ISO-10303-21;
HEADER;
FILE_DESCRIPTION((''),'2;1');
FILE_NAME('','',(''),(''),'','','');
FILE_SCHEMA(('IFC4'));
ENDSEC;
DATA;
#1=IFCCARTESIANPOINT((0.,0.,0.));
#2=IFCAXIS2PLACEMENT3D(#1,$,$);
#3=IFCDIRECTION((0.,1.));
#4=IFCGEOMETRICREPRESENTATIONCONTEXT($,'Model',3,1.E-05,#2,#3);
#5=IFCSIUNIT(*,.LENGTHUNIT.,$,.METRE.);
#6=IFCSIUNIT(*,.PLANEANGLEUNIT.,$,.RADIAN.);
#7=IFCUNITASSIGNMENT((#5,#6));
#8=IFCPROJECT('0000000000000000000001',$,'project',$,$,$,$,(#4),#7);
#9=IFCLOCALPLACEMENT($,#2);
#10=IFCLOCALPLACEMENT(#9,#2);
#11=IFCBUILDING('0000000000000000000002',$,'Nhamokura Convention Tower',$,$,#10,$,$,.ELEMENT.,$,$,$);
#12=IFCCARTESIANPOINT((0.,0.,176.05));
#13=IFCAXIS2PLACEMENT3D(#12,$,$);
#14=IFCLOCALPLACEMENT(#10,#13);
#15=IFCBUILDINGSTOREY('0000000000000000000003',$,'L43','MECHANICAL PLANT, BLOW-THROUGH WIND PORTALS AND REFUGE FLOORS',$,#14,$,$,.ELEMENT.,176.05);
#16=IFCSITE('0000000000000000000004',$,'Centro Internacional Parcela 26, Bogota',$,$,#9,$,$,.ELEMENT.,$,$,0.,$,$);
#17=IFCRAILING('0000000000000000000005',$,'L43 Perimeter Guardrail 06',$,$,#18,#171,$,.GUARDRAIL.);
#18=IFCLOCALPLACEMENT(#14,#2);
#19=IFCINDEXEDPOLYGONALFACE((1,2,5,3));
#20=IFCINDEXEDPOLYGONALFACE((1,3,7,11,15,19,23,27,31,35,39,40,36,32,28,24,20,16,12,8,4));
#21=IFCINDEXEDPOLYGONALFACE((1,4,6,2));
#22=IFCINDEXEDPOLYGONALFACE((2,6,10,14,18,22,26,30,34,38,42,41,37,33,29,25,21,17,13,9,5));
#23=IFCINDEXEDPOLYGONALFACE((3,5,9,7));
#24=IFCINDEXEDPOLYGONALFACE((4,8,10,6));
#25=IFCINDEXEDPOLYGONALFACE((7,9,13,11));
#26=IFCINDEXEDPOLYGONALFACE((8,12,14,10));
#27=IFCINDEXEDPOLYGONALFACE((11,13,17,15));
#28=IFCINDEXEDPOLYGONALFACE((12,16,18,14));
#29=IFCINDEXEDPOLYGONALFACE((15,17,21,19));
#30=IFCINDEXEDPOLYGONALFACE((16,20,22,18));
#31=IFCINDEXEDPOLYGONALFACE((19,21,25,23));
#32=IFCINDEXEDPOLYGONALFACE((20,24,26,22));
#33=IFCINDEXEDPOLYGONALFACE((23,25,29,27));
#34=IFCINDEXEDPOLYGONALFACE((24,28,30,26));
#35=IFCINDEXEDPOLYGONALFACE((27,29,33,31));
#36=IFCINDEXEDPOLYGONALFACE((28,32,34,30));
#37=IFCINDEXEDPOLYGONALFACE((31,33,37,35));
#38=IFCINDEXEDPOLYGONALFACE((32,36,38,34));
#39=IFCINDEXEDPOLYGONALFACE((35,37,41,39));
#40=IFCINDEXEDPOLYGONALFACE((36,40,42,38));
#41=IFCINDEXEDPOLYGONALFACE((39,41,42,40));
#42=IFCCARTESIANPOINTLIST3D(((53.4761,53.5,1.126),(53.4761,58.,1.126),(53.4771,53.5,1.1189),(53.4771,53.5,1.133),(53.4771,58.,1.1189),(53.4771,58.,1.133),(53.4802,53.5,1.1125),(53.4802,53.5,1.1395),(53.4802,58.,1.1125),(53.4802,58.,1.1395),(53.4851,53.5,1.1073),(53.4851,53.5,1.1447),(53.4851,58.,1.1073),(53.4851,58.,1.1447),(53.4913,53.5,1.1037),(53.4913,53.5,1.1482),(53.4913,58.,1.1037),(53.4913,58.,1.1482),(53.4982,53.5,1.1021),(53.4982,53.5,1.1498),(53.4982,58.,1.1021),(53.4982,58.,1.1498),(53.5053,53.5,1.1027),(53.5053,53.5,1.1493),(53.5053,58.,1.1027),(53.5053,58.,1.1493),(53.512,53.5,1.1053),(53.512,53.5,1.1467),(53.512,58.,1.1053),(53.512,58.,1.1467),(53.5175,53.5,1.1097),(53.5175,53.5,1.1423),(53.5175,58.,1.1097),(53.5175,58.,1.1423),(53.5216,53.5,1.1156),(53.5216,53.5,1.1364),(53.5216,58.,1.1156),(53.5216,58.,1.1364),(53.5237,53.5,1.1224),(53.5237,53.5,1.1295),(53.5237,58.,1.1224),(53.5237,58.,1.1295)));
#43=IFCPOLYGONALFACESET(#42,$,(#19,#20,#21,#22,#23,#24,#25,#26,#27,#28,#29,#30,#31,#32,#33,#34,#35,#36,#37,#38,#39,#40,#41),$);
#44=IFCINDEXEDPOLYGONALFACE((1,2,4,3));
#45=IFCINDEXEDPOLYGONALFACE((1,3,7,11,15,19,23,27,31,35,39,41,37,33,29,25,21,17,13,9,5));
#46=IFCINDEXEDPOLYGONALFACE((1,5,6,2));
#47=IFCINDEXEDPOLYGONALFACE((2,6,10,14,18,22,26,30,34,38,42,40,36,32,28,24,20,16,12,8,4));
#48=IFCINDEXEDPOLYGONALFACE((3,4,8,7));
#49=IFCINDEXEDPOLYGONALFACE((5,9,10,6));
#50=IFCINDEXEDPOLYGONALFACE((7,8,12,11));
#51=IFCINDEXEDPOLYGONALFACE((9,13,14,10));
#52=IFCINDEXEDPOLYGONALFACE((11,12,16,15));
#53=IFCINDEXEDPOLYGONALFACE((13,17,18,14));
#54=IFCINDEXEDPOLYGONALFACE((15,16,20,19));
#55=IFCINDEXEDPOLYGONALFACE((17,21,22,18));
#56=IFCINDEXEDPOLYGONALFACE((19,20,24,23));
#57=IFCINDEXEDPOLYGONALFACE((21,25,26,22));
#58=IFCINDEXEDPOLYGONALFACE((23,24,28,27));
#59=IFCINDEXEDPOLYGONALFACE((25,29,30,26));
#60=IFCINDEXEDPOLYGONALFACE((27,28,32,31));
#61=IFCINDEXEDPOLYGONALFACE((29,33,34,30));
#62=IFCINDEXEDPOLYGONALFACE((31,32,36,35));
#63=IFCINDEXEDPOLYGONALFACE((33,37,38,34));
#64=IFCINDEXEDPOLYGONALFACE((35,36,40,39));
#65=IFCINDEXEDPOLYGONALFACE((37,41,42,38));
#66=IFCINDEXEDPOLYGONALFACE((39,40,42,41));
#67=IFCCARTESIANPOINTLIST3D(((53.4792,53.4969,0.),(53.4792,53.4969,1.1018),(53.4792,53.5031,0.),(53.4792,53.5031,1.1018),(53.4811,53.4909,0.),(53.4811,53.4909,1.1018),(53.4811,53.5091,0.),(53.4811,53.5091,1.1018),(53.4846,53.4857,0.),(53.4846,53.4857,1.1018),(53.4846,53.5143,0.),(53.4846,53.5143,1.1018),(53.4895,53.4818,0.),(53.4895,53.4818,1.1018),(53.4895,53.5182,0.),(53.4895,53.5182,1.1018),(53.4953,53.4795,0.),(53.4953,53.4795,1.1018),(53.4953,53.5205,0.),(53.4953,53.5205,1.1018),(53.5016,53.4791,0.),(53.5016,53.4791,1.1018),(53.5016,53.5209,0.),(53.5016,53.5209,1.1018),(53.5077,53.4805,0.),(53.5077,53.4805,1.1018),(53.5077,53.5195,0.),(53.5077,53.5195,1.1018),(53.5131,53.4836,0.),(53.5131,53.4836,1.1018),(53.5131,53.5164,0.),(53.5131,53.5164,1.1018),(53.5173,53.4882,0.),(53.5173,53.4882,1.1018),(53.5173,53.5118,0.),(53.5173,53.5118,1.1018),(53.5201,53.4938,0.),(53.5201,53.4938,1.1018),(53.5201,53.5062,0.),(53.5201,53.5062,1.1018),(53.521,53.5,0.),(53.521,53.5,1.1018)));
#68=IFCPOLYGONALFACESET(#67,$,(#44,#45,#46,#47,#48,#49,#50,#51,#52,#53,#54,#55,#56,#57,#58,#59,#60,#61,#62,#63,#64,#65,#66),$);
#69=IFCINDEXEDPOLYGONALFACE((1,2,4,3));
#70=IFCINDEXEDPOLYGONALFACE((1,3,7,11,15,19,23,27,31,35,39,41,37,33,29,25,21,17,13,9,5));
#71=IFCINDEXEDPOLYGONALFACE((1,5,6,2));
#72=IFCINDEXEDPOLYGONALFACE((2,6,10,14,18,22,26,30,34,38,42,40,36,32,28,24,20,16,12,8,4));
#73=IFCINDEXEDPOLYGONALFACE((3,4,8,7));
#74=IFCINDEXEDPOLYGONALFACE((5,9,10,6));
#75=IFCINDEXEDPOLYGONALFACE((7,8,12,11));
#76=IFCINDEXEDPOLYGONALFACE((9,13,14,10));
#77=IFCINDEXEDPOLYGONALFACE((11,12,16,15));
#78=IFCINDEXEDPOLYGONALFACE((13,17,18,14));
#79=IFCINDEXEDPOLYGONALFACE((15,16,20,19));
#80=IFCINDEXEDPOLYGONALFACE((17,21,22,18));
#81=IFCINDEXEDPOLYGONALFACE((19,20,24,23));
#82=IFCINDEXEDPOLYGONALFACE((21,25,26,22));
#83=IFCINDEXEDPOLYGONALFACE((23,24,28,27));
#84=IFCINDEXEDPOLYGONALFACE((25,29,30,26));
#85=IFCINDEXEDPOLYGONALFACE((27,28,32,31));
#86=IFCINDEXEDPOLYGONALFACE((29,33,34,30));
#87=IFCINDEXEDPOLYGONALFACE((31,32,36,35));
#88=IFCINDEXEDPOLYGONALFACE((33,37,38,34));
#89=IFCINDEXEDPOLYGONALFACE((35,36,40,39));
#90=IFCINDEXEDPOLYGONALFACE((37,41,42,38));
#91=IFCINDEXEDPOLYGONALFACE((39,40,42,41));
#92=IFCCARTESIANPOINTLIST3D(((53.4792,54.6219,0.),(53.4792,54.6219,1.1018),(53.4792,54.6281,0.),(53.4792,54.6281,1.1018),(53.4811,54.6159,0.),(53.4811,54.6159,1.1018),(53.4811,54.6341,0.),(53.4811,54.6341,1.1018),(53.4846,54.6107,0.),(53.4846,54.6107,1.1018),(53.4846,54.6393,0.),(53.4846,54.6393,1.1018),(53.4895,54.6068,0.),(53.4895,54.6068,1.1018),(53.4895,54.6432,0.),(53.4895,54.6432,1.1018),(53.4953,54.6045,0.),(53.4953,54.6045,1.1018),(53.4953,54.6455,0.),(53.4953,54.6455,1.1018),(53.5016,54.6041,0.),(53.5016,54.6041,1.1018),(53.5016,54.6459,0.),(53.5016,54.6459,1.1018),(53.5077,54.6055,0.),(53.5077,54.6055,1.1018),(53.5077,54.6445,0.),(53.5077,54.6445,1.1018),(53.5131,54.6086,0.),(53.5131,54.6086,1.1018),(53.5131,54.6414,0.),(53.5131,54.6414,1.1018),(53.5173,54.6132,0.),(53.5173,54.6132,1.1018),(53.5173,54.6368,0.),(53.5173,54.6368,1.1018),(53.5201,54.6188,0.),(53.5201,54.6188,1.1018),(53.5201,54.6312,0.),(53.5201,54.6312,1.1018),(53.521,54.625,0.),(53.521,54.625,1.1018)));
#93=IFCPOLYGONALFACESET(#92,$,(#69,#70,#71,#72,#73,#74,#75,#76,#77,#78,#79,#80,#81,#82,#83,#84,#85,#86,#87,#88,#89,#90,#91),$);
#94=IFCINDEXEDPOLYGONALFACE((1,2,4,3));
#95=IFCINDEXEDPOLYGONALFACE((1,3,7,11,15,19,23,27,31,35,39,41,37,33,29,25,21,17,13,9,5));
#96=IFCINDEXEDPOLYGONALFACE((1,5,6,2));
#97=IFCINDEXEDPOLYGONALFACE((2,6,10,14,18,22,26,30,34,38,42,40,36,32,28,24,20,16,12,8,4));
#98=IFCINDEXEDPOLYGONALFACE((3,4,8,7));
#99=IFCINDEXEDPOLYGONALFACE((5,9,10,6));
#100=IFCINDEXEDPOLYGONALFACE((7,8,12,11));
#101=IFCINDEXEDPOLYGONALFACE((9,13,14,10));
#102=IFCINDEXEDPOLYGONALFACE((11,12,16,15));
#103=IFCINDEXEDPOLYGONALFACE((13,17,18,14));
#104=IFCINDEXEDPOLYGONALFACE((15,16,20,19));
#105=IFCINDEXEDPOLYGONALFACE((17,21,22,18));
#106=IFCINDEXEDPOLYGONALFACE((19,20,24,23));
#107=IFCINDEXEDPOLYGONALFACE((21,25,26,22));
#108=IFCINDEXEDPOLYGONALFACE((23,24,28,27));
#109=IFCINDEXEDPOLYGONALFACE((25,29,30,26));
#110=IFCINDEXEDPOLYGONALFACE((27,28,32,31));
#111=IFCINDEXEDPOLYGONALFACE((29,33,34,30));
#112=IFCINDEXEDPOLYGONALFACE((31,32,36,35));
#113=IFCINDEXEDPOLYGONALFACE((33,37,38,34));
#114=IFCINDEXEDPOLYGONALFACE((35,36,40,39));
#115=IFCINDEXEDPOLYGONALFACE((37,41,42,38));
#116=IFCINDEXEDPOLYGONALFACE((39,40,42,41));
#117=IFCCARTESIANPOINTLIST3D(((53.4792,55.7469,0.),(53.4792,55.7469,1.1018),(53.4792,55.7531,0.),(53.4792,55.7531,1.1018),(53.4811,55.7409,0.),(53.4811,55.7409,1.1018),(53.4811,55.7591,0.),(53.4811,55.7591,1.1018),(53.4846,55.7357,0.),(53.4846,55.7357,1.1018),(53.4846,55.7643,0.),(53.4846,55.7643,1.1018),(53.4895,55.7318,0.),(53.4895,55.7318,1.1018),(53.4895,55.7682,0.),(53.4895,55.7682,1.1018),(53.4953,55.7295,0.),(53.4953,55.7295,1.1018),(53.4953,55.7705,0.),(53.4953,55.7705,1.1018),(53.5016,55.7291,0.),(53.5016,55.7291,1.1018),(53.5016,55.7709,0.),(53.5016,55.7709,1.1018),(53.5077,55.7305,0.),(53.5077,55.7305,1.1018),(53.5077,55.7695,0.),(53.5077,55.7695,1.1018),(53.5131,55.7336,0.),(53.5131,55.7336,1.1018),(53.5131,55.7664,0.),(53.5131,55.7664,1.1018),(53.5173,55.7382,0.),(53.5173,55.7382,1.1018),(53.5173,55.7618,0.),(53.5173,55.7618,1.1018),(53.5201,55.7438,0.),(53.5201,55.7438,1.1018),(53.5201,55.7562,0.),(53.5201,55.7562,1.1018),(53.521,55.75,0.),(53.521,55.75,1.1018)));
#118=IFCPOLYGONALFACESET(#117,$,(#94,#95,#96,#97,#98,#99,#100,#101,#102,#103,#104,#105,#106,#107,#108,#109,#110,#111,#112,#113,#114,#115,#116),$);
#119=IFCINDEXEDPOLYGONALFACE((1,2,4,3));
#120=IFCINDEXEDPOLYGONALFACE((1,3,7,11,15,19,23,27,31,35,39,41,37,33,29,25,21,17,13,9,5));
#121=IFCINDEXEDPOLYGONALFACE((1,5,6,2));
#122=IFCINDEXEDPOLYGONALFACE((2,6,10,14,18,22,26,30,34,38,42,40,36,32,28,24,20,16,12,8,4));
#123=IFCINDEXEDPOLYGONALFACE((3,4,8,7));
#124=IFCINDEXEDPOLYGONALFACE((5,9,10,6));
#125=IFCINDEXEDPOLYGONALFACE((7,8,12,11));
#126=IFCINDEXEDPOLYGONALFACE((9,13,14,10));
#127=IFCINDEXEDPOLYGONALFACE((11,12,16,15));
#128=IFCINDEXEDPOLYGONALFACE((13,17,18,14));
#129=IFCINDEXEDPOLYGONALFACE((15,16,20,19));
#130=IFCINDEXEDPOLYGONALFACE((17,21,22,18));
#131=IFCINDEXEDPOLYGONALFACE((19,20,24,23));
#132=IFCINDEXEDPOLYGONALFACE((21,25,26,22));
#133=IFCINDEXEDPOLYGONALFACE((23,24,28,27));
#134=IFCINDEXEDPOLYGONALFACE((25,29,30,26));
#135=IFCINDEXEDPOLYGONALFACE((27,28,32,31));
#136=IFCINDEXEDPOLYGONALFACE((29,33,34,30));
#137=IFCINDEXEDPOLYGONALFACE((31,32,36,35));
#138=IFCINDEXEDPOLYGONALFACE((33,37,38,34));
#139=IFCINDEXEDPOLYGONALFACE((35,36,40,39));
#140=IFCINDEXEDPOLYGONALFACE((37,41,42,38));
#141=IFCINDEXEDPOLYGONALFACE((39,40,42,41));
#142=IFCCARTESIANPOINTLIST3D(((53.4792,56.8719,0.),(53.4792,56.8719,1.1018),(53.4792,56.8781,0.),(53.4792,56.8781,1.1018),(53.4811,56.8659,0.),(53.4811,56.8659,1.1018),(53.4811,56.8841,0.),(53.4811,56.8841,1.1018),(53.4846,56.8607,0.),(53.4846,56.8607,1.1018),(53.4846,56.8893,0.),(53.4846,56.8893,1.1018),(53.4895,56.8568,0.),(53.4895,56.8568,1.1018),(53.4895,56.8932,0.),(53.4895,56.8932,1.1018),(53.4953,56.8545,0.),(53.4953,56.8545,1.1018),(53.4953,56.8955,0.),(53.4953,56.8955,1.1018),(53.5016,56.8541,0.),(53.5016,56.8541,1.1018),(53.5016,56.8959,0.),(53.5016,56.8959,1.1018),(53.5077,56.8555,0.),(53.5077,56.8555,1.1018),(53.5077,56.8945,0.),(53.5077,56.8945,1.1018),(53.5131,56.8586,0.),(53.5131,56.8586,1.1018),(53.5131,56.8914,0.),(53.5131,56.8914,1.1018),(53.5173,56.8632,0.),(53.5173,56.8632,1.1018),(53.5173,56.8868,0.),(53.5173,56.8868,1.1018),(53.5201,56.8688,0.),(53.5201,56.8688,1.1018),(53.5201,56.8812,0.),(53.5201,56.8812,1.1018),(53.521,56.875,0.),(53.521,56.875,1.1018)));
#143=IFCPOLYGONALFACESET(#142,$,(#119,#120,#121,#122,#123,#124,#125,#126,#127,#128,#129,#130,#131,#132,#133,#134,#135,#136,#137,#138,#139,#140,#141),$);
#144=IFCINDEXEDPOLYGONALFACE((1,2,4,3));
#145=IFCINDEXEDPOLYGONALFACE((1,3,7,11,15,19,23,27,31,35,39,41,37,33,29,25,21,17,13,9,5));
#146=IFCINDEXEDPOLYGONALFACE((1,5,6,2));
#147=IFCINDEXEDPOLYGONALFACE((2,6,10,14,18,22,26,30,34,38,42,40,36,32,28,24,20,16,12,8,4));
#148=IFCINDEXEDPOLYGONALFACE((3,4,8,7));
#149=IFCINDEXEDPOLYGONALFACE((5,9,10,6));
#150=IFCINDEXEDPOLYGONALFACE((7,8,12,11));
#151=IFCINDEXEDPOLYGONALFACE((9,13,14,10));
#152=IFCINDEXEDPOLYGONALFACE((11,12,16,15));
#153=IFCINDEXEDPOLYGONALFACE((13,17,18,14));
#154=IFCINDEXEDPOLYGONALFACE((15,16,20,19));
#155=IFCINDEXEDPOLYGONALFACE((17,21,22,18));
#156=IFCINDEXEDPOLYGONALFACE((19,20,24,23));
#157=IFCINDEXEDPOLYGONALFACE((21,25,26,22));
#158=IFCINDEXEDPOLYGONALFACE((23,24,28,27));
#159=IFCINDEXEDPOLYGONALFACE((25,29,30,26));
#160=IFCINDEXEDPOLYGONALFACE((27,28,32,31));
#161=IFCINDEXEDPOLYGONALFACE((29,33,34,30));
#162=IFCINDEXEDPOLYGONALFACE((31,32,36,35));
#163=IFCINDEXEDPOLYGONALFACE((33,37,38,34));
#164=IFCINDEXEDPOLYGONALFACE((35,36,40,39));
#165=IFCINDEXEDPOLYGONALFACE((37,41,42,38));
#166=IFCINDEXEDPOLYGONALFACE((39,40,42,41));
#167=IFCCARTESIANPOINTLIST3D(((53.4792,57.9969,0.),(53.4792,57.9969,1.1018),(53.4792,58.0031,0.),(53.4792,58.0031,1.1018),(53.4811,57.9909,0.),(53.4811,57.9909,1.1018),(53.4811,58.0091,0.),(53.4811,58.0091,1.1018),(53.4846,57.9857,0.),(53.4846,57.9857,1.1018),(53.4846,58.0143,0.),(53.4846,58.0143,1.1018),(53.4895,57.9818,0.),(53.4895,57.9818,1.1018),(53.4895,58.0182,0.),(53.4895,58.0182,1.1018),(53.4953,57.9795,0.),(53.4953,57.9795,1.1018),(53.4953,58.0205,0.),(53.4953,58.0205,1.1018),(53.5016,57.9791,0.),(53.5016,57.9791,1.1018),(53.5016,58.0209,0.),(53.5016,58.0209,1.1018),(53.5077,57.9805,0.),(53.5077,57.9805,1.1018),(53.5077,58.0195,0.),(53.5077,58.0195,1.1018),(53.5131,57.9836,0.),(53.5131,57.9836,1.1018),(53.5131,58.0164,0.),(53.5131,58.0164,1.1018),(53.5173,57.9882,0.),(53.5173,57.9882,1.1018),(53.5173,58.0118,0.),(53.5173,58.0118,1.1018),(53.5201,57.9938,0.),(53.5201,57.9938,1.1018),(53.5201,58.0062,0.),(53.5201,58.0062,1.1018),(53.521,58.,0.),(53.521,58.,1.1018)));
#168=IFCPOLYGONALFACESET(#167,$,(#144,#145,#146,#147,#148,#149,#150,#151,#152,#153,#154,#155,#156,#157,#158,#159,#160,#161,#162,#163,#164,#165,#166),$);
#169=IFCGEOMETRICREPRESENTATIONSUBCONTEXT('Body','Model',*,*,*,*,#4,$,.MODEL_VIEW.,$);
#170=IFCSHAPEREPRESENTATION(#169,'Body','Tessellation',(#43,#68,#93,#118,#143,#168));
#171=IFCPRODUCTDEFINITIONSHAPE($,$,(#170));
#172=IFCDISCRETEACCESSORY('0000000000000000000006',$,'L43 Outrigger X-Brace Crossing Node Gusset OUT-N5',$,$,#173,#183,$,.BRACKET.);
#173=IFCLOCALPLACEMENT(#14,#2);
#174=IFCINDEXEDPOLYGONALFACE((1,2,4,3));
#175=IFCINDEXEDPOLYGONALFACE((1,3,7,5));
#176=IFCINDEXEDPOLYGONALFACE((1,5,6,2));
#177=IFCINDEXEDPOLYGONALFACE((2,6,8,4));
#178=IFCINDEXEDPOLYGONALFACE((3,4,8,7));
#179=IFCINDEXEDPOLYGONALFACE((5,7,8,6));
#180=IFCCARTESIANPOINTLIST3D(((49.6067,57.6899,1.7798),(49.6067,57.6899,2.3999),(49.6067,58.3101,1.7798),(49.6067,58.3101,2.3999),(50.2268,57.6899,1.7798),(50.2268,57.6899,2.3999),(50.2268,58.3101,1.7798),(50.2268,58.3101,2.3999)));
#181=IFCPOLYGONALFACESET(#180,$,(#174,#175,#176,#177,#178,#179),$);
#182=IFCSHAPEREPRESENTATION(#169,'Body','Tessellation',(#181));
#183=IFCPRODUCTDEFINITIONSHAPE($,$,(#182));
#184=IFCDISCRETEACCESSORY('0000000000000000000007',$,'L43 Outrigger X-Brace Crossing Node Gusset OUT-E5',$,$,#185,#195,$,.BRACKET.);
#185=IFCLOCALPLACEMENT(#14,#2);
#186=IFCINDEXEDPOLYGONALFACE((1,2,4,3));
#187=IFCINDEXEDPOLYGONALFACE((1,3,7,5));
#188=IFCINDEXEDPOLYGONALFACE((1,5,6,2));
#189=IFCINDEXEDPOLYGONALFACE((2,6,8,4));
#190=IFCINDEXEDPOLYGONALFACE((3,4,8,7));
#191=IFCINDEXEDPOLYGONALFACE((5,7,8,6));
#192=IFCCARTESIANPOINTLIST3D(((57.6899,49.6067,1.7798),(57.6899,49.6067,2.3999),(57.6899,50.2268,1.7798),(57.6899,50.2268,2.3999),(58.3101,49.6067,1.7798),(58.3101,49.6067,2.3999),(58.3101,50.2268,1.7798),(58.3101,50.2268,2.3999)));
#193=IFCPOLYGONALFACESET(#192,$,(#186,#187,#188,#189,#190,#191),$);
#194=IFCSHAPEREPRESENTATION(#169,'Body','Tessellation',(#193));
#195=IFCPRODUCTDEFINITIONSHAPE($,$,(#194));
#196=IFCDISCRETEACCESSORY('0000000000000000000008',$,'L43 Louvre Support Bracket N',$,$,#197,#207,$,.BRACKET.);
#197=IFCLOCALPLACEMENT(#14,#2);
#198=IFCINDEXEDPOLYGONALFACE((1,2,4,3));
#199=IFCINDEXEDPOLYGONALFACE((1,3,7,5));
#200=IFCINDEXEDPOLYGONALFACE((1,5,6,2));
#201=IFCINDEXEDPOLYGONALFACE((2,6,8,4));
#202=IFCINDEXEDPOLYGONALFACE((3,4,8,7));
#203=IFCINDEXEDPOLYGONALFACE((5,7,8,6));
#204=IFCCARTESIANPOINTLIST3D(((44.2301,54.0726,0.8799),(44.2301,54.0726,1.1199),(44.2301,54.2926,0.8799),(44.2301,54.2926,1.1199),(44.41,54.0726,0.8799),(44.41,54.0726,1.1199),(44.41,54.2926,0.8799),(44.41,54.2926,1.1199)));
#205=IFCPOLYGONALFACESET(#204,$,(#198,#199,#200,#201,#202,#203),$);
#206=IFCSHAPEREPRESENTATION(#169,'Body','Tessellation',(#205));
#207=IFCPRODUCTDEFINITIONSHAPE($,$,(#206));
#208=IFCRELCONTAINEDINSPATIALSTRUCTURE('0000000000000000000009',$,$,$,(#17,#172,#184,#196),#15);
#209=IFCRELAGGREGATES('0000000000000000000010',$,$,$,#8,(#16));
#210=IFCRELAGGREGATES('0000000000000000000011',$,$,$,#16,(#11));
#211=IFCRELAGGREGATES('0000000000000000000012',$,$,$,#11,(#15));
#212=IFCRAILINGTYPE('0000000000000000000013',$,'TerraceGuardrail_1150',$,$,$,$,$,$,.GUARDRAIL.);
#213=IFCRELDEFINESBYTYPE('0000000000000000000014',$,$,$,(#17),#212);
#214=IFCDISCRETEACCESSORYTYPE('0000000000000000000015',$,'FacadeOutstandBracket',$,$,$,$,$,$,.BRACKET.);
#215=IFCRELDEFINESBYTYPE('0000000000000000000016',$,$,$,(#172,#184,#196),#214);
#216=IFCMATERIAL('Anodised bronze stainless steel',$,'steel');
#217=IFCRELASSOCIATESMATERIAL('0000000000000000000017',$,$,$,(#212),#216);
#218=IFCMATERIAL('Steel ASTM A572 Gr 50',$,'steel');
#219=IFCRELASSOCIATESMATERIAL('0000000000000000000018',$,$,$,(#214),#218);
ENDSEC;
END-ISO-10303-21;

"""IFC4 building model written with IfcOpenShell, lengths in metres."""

from ifc_helpers import new_model, si_unit, direction, frame, origin, origin_2d, place, context, subcontext, project, spatial, rectangle, circle, extrude, material, type_object, element, save


model = new_model("IFC4")

# Units and contexts
model_context = context("Model", 3, precision=1e-05, world=origin(), true_north=direction((0.0, 1.0)))
body_context = subcontext(model_context, "Body", "Model", "MODEL_VIEW")
ifc_project = project(units=[si_unit("LENGTHUNIT", "METRE"), si_unit("PLANEANGLEUNIT", "RADIAN")], contexts=[model_context])

# Site, building, storey
site_placement = place(None, origin())
site = spatial("IfcSite", under=ifc_project, at=site_placement, Name="Centro Internacional Parcela 26, Bogota", CompositionType="ELEMENT", RefElevation=0.0)
building_placement = place(site_placement, origin())
building = spatial("IfcBuilding", under=site, at=building_placement, Name="Nhamokura Convention Tower", CompositionType="ELEMENT")
storey_placement = place(building_placement, frame((0.0, 0.0, 176.05)))
storey = spatial("IfcBuildingStorey", under=building, at=storey_placement, Name="L43", Description="MECHANICAL PLANT, BLOW-THROUGH WIND PORTALS AND REFUGE FLOORS", CompositionType="ELEMENT", Elevation=176.05)

# Railing
ifc_material_1 = material(Name="Anodised bronze stainless steel", Category="steel")
railing_type = type_object("IfcRailingType", Name="TerraceGuardrail_1150", PredefinedType="GUARDRAIL", material=ifc_material_1)
railing_1_placement = place(storey_placement, frame((53.5, 53.5, 0.0)))
element("IfcRailing", 1, at=railing_1_placement, inside=storey, type_object=railing_type, Name="L43 Perimeter Guardrail 06", PredefinedType="GUARDRAIL", context=body_context, shape_type="SweptSolid", body=[
    extrude(circle(Radius=0.0239, at=origin_2d()), frame((0.0, 0.0, 1.126), z_axis=(0.0, 1.0, 0.0), x_axis=(-1.0, 0.0, 0.0)), (0.0, 0.0, 1.0), 4.5),
    extrude(circle(Radius=0.021, at=origin_2d()), origin(), (0.0, 0.0, 1.0), 1.1018),
    extrude(circle(Radius=0.021, at=origin_2d()), frame((0.0, 1.125, 0.0)), (0.0, 0.0, 1.0), 1.1018),
    extrude(circle(Radius=0.021, at=origin_2d()), frame((0.0, 2.25, 0.0)), (0.0, 0.0, 1.0), 1.1018),
    extrude(circle(Radius=0.021, at=origin_2d()), frame((0.0, 3.375, 0.0)), (0.0, 0.0, 1.0), 1.1018),
    extrude(circle(Radius=0.021, at=origin_2d()), frame((0.0, 4.5, 0.0)), (0.0, 0.0, 1.0), 1.1018),
])

# Discrete accessories
ifc_material_2 = material(Name="Steel ASTM A572 Gr 50", Category="steel")
discrete_accessory_type = type_object("IfcDiscreteAccessoryType", Name="FacadeOutstandBracket", PredefinedType="BRACKET", material=ifc_material_2)
for number, where, z_axis, x_axis, name in (
    (2, (49.9167, 58.0, 1.7798), (0.0, 0.0, 1.0), (1.0, 0.0, 0.0), "L43 Outrigger X-Brace Crossing Node Gusset OUT-N5"),
    (3, (58.0, 49.9167, 1.7798), (0.0, 0.0, 1.0), (1.0, 0.0, 0.0), "L43 Outrigger X-Brace Crossing Node Gusset OUT-E5"),
):
    element("IfcDiscreteAccessory", number, at=place(storey_placement, frame(where, z_axis=z_axis, x_axis=x_axis)), inside=storey, type_object=discrete_accessory_type, Name=name, PredefinedType="BRACKET", context=body_context, shape_type="SweptSolid", body=[
        extrude(rectangle(XDim=0.6201, YDim=0.6201, at=origin_2d()), origin(), (0.0, 0.0, 1.0), 0.6201),
    ])
discrete_accessory_placement = place(storey_placement, frame((44.3201, 54.1826, 0.8799), z_axis=(0.0, 0.0, 1.0), x_axis=(1.0, 0.0, 0.0)))
element("IfcDiscreteAccessory", 4, at=discrete_accessory_placement, inside=storey, type_object=discrete_accessory_type, Name="L43 Louvre Support Bracket N", PredefinedType="BRACKET", context=body_context, shape_type="SweptSolid", body=[
    extrude(rectangle(XDim=0.1799, YDim=0.22, at=origin_2d()), origin(), (0.0, 0.0, 1.0), 0.24),
])

save(model, "model.ifc")
